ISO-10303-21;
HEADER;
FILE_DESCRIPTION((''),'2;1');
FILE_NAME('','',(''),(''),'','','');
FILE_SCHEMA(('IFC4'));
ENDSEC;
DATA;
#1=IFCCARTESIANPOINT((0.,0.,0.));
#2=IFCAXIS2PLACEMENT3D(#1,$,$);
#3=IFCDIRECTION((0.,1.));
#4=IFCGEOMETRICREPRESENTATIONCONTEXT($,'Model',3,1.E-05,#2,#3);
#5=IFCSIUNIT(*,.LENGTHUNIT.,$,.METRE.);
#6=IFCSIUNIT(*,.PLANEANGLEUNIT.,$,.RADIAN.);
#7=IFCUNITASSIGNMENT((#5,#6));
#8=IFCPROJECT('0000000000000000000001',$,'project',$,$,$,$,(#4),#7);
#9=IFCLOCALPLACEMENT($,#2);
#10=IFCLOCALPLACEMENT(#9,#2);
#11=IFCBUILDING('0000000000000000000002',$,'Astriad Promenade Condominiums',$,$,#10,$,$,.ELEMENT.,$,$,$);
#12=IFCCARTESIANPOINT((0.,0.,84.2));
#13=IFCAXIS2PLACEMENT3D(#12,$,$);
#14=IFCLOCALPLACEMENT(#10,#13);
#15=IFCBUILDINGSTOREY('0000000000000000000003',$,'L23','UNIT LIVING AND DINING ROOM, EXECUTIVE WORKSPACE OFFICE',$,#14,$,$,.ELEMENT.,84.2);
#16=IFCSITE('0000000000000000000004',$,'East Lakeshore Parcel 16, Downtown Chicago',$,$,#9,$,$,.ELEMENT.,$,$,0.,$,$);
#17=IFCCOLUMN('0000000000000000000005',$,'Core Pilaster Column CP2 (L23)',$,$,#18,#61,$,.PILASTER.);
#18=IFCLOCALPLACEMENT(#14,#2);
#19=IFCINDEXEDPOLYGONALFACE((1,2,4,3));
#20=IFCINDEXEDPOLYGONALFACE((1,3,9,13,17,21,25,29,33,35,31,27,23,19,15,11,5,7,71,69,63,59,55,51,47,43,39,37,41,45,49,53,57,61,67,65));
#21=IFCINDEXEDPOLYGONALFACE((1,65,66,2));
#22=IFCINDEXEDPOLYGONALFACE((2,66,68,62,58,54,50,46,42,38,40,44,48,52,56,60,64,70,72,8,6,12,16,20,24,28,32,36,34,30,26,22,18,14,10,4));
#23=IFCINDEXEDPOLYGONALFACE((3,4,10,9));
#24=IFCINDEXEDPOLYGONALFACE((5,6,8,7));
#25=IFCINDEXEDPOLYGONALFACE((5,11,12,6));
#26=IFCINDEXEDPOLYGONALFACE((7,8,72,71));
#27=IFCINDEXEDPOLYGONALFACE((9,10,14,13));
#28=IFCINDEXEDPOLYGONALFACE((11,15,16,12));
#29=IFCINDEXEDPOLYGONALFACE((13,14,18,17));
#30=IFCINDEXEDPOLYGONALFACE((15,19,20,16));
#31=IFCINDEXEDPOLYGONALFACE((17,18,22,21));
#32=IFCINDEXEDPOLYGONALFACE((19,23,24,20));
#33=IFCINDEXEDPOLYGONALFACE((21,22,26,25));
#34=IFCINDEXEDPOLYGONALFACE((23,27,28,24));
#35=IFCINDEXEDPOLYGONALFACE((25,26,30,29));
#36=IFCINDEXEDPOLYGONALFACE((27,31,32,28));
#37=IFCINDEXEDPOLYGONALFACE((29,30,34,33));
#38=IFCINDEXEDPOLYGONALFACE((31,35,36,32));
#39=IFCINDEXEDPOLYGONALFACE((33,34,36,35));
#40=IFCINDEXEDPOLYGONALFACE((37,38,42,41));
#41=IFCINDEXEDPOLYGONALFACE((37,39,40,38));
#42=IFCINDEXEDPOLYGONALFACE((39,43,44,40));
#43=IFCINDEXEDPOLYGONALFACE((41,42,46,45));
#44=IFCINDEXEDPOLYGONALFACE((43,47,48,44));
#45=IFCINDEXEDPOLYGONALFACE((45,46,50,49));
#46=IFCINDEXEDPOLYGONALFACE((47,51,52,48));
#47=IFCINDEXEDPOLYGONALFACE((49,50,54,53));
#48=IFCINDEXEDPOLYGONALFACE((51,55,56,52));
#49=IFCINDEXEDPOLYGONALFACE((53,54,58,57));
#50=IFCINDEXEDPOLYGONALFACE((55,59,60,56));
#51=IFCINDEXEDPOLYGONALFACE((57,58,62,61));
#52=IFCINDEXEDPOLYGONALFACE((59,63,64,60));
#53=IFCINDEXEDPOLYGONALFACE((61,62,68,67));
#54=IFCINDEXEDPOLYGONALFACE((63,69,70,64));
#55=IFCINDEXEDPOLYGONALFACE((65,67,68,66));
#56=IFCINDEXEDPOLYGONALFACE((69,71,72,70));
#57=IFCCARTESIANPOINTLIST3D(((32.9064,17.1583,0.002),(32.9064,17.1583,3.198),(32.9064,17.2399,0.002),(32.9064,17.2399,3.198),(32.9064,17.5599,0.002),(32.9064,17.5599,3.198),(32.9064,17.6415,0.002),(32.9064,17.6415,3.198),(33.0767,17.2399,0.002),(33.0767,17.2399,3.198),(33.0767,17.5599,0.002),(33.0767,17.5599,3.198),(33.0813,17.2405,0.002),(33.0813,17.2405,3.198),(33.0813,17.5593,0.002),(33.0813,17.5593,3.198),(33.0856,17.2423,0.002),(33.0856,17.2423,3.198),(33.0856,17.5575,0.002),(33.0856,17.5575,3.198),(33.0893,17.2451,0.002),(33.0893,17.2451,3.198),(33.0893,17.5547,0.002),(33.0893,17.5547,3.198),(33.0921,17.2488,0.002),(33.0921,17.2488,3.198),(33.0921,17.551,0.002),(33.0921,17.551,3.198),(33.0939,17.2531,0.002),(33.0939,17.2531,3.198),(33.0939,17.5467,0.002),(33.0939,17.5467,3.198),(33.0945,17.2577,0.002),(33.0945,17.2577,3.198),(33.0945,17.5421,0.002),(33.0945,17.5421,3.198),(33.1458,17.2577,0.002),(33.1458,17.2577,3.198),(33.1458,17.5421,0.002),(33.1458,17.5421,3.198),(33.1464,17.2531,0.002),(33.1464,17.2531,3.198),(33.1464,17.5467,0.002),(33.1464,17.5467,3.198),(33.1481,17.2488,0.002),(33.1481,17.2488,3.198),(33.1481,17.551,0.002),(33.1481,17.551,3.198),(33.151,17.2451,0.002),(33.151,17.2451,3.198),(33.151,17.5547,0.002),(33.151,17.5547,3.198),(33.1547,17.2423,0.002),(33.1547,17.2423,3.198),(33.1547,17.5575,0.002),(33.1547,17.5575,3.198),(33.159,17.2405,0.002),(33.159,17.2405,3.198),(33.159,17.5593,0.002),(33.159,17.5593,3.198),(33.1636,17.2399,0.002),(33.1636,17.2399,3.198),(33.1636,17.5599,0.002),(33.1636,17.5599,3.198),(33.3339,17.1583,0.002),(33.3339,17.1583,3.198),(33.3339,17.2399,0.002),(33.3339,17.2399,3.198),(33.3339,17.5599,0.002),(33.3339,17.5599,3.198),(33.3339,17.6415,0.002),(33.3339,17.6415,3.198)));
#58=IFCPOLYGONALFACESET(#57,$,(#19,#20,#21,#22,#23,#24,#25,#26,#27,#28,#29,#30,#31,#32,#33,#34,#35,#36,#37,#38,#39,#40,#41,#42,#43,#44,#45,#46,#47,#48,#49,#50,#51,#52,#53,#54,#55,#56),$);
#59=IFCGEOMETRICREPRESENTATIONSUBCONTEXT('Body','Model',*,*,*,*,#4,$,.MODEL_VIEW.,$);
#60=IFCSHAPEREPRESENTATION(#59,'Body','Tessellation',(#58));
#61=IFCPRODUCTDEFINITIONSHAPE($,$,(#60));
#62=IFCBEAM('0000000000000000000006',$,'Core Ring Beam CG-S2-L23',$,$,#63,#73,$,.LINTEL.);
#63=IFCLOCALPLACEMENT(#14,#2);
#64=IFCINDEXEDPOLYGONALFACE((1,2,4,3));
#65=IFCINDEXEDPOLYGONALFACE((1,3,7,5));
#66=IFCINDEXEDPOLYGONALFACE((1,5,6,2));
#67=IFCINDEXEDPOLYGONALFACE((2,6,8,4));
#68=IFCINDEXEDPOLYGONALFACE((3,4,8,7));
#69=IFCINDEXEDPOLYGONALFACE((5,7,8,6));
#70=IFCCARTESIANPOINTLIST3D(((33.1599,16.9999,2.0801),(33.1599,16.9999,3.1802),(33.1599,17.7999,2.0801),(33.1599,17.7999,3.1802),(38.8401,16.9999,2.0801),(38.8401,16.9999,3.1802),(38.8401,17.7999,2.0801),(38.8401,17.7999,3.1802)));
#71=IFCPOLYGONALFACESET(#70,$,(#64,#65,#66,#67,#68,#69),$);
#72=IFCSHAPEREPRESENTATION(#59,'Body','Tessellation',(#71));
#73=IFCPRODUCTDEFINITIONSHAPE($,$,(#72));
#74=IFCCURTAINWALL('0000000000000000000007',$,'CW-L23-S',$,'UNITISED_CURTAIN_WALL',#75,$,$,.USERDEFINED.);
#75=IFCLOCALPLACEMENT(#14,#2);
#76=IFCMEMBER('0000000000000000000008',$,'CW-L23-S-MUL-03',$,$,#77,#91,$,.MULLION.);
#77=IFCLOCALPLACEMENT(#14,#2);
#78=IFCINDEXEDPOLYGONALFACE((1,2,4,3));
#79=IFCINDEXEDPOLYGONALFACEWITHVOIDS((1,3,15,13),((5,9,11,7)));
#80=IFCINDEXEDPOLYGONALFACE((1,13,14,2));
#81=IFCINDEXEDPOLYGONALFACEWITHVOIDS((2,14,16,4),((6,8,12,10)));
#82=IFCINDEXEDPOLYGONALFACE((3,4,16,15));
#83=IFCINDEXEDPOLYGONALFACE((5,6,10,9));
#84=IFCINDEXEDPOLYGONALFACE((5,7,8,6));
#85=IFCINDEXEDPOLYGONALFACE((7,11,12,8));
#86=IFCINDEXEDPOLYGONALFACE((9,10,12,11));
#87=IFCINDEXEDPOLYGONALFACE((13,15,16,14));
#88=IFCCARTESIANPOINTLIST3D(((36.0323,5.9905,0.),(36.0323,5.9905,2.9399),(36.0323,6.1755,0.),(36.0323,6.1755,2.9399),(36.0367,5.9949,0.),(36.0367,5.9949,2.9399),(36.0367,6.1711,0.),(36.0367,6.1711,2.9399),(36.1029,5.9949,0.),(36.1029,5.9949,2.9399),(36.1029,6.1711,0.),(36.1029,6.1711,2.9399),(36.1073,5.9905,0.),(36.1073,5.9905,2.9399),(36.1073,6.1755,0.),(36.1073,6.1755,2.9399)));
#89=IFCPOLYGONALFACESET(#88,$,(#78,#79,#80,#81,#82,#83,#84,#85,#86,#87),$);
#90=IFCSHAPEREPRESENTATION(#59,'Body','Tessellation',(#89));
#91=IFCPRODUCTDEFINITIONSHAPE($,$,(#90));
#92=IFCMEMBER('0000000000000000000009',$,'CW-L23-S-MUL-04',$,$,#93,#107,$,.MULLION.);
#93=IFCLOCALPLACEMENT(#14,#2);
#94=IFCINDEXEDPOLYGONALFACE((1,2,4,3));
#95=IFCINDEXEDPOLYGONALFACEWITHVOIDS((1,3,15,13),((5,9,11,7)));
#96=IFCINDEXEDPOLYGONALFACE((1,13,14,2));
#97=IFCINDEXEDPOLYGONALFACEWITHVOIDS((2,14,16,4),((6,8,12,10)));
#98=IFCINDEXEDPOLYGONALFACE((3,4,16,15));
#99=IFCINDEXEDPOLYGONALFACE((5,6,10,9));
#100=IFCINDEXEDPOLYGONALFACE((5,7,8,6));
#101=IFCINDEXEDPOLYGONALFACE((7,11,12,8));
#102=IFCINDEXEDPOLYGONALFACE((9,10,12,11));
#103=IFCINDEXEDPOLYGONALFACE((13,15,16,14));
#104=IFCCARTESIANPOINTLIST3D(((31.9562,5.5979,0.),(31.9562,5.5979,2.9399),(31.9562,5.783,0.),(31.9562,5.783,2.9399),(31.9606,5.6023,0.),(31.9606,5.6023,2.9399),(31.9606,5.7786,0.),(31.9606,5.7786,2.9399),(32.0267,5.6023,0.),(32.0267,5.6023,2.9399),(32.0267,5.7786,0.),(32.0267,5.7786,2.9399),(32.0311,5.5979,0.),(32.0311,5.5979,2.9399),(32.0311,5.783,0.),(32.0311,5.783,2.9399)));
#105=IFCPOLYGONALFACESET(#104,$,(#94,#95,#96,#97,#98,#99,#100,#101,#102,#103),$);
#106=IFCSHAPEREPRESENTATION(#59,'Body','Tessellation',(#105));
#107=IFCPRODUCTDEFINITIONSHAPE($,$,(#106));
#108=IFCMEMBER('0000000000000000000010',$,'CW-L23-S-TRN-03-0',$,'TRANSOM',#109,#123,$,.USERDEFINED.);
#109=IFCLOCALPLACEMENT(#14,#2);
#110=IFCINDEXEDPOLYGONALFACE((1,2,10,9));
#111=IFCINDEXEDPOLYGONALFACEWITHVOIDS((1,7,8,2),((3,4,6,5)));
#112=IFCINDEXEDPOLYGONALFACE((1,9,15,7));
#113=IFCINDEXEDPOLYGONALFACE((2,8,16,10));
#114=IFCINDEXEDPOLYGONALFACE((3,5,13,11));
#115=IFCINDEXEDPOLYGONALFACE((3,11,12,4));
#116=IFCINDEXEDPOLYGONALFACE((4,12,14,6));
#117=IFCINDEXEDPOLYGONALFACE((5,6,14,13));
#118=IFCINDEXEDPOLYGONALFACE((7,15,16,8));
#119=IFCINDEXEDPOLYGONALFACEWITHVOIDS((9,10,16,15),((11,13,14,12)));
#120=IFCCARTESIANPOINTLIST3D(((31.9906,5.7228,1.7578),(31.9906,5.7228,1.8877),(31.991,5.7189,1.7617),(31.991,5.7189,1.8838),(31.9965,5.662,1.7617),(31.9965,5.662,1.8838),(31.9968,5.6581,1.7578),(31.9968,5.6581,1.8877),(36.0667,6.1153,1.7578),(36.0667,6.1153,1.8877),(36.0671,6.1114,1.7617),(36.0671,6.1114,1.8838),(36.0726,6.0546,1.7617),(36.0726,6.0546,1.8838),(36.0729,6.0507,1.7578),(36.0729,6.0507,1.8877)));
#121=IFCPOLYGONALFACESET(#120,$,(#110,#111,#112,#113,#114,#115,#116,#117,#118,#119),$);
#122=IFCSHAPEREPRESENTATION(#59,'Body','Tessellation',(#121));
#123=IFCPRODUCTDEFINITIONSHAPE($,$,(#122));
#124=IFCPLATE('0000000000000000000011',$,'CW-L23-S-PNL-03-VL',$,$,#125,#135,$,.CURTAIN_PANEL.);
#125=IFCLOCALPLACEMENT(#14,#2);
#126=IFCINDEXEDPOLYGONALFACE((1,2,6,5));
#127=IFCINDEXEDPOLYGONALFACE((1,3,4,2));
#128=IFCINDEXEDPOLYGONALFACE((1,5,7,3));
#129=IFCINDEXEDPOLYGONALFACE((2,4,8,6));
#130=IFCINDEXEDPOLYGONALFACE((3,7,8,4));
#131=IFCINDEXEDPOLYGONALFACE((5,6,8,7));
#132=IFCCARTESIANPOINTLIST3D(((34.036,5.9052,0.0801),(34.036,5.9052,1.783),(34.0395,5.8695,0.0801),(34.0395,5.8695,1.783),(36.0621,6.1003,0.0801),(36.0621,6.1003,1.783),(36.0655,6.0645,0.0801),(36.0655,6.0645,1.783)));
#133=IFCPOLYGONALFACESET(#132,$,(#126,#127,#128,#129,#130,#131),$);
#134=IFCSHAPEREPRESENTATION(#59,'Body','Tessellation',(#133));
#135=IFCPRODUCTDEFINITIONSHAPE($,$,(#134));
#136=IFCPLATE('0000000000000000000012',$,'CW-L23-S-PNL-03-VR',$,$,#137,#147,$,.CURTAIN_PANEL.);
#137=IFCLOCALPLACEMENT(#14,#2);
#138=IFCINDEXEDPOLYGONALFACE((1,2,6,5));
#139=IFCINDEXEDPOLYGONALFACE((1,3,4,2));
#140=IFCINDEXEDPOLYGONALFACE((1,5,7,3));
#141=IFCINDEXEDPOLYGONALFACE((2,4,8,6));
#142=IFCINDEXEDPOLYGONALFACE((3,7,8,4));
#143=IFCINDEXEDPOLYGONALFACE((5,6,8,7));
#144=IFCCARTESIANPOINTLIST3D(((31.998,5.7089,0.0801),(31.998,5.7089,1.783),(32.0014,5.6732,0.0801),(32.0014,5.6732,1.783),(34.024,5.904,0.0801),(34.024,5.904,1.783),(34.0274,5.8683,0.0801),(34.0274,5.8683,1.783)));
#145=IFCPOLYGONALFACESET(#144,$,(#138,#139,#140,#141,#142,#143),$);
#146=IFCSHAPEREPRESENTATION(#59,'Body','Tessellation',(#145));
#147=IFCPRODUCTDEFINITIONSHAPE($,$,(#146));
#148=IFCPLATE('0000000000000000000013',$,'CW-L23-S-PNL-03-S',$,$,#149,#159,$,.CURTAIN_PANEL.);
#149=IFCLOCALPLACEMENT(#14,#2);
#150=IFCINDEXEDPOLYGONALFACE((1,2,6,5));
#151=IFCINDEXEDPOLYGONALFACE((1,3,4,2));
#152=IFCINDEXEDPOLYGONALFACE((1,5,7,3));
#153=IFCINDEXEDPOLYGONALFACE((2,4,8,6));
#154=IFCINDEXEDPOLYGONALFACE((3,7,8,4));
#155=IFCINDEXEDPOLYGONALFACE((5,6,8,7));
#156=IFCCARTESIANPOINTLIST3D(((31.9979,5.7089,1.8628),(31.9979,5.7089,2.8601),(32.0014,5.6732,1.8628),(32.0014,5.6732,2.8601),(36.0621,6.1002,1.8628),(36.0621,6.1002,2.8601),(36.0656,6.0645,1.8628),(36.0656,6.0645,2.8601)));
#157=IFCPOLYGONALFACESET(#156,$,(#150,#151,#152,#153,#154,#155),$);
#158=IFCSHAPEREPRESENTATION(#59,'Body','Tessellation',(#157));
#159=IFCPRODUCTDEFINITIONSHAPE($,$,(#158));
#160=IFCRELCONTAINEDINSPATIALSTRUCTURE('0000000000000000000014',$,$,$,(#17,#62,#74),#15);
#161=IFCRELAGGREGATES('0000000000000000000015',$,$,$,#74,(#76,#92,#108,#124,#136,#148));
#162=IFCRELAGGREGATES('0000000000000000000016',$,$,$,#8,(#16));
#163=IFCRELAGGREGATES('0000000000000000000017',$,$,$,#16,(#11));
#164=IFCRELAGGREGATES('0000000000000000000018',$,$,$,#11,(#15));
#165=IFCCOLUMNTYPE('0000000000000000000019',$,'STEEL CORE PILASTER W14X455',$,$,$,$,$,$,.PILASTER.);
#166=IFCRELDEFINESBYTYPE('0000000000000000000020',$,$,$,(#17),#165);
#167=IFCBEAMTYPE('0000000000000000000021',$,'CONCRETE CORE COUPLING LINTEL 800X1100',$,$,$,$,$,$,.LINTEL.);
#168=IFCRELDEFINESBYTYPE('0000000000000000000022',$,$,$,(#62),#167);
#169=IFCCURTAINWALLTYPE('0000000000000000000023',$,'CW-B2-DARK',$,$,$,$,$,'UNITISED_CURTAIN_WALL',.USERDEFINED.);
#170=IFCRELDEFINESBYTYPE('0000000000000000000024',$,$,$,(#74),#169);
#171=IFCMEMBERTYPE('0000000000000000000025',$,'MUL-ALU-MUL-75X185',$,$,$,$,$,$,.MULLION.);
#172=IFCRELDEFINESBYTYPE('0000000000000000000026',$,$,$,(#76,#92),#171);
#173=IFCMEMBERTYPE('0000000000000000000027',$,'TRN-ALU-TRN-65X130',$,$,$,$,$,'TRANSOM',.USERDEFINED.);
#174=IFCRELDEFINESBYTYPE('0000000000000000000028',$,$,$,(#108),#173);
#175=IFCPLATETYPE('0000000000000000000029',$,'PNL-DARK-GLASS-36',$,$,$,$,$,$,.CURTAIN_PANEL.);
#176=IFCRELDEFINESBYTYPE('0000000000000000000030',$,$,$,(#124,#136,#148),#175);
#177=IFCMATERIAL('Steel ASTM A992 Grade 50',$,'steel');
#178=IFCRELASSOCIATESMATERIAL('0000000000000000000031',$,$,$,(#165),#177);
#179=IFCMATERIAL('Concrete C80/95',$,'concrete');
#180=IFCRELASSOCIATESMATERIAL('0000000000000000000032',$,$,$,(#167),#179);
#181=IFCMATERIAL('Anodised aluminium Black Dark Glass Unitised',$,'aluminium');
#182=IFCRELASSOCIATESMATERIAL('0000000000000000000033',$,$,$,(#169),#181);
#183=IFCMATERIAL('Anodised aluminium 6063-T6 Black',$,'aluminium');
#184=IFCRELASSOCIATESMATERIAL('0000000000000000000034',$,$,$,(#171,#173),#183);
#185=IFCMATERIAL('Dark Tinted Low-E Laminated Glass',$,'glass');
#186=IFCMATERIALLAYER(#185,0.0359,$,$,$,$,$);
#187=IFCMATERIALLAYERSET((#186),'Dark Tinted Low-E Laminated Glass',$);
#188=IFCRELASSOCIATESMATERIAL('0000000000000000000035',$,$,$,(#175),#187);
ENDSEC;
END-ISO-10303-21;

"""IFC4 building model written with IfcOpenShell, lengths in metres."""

from ifc_helpers import new_model, si_unit, direction, frame, origin, origin_2d, place, context, subcontext, project, spatial, rectangle, hollow_rectangle, i_section, extrude, source, transform, mapped, material, layer, layer_set, material_profile, profile_set, type_object, type_shapes, element, aggregate, save


model = new_model("IFC4")

# Units and contexts
model_context = context("Model", 3, precision=1e-05, world=origin(), true_north=direction((0.0, 1.0)))
body_context = subcontext(model_context, "Body", "Model", "MODEL_VIEW")
ifc_project = project(units=[si_unit("LENGTHUNIT", "METRE"), si_unit("PLANEANGLEUNIT", "RADIAN")], contexts=[model_context])

# Site, building, storey
site_placement = place(None, origin())
site = spatial("IfcSite", under=ifc_project, at=site_placement, Name="East Lakeshore Parcel 16, Downtown Chicago", CompositionType="ELEMENT", RefElevation=0.0)
building_placement = place(site_placement, origin())
building = spatial("IfcBuilding", under=site, at=building_placement, Name="Astriad Promenade Condominiums", CompositionType="ELEMENT")
storey_placement = place(building_placement, frame((0.0, 0.0, 84.2)))
storey = spatial("IfcBuildingStorey", under=building, at=storey_placement, Name="L23", Description="UNIT LIVING AND DINING ROOM, EXECUTIVE WORKSPACE OFFICE", CompositionType="ELEMENT", Elevation=84.2)

# Column
ifc_material_1 = material(Name="Steel ASTM A992 Grade 50", Category="steel")
ifc_material_profile_1 = material_profile(ifc_material_1, i_section(OverallWidth=0.4275, OverallDepth=0.4832, WebThickness=0.0513, FlangeThickness=0.0815, FilletRadius=0.0178, at=origin_2d()), Name="W14X455")
ifc_profile_set_1 = profile_set([ifc_material_profile_1], Name="Steel ASTM A992 Grade 50")
column_type = type_object("IfcColumnType", Name="STEEL CORE PILASTER W14X455", PredefinedType="PILASTER", material=ifc_profile_set_1)
shared_shape_1 = source(origin(), body_context, "Body", "SweptSolid", [
    extrude(i_section(OverallWidth=0.4275, OverallDepth=0.4832, WebThickness=0.0513, FlangeThickness=0.0815, FilletRadius=0.0178, at=origin_2d()), origin(), (0.0, 0.0, 1.0), 3.196),
])
type_shapes(column_type, [shared_shape_1])
column_placement = place(storey_placement, frame((33.1201, 17.3999, 0.002), z_axis=(0.0, 0.0, 1.0), x_axis=(1.0, 0.0, 0.0)))
element("IfcColumn", 1, at=column_placement, inside=storey, type_object=column_type, Name="Core Pilaster Column CP2 (L23)", PredefinedType="PILASTER", context=body_context, shape_type="MappedRepresentation", body=[
    mapped(shared_shape_1, transform((0.0, 0.0, 0.0), scale=1.0)),
])

# Beam
ifc_material_2 = material(Name="Concrete C80/95", Category="concrete")
ifc_material_profile_2 = material_profile(ifc_material_2, rectangle(XDim=0.8, YDim=1.1001, at=origin_2d()), Name="RC-BM-800X1100")
ifc_profile_set_2 = profile_set([ifc_material_profile_2], Name="Concrete C80/95")
beam_type = type_object("IfcBeamType", Name="CONCRETE CORE COUPLING LINTEL 800X1100", PredefinedType="LINTEL", material=ifc_profile_set_2)
shared_shape_2 = source(origin(), body_context, "Body", "SweptSolid", [
    extrude(rectangle(XDim=0.8, YDim=1.1001, at=origin_2d()), origin(), (0.0, 0.0, 1.0), 5.6802),
])
type_shapes(beam_type, [shared_shape_2])
beam_placement = place(storey_placement, frame((33.1599, 17.3999, 2.6301), z_axis=(1.0, 0.0, 0.0), x_axis=(0.0, 1.0, 0.0)))
element("IfcBeam", 2, at=beam_placement, inside=storey, type_object=beam_type, Name="Core Ring Beam CG-S2-L23", PredefinedType="LINTEL", context=body_context, shape_type="MappedRepresentation", body=[
    mapped(shared_shape_2, transform((0.0, 0.0, 0.0), scale=1.0)),
])

# Curtain wall, members, plates
ifc_material_3 = material(Name="Anodised aluminium Black Dark Glass Unitised", Category="aluminium")
curtain_wall_type = type_object("IfcCurtainWallType", Name="CW-B2-DARK", ElementType="UNITISED_CURTAIN_WALL", PredefinedType="USERDEFINED", material=ifc_material_3)
curtain_wall_placement = place(storey_placement, origin())
curtain_wall = element("IfcCurtainWall", 3, at=curtain_wall_placement, inside=storey, type_object=curtain_wall_type, Name="CW-L23-S", ObjectType="UNITISED_CURTAIN_WALL", PredefinedType="USERDEFINED")
ifc_material_4 = material(Name="Anodised aluminium 6063-T6 Black", Category="aluminium")
ifc_material_profile_3 = material_profile(ifc_material_4, hollow_rectangle(XDim=0.075, YDim=0.1851, WallThickness=0.0044, at=origin_2d()), Name="ALU-MUL-75X185")
ifc_profile_set_3 = profile_set([ifc_material_profile_3], Name="Anodised aluminium 6063-T6 Black")
member_type_1 = type_object("IfcMemberType", Name="MUL-ALU-MUL-75X185", PredefinedType="MULLION", material=ifc_profile_set_3)
shared_shape_3 = source(origin(), body_context, "Body", "SweptSolid", [
    extrude(hollow_rectangle(XDim=0.075, YDim=0.1851, WallThickness=0.0044, at=origin_2d()), origin(), (0.0, 0.0, 1.0), 2.9399),
])
type_shapes(member_type_1, [shared_shape_3])
member_1_placement = place(storey_placement, frame((36.0698, 6.083, 0.0), z_axis=(0.0, 0.0, 1.0), x_axis=(1.0, 0.0, 0.0)))
member_1 = element("IfcMember", 4, at=member_1_placement, type_object=member_type_1, Name="CW-L23-S-MUL-03", PredefinedType="MULLION", context=body_context, shape_type="MappedRepresentation", body=[
    mapped(shared_shape_3, transform((0.0, 0.0, 0.0), scale=1.0)),
])
member_2_placement = place(storey_placement, frame((31.9937, 5.6904, 0.0), z_axis=(0.0, 0.0, 1.0), x_axis=(1.0, 0.0, 0.0)))
member_2 = element("IfcMember", 5, at=member_2_placement, type_object=member_type_1, Name="CW-L23-S-MUL-04", PredefinedType="MULLION", context=body_context, shape_type="MappedRepresentation", body=[
    mapped(shared_shape_3, transform((0.0, 0.0, 0.0), scale=1.0)),
])
ifc_material_profile_4 = material_profile(ifc_material_4, hollow_rectangle(XDim=0.0649, YDim=0.1299, WallThickness=0.0039, at=origin_2d()), Name="ALU-TRN-65X130")
ifc_profile_set_4 = profile_set([ifc_material_profile_4], Name="Anodised aluminium 6063-T6 Black")
member_type_2 = type_object("IfcMemberType", Name="TRN-ALU-TRN-65X130", ElementType="TRANSOM", PredefinedType="USERDEFINED", material=ifc_profile_set_4)
shared_shape_4 = source(origin(), body_context, "Body", "SweptSolid", [
    extrude(hollow_rectangle(XDim=0.0649, YDim=0.1299, WallThickness=0.0039, at=origin_2d()), origin(), (0.0, 0.0, 1.0), 4.095),
])
type_shapes(member_type_2, [shared_shape_4])
member_3_placement = place(storey_placement, frame((36.0698, 6.083, 1.8228), z_axis=(-0.995394, -0.095867, 0.0), x_axis=(0.095867, -0.995394, 0.0)))
member_3 = element("IfcMember", 6, at=member_3_placement, type_object=member_type_2, Name="CW-L23-S-TRN-03-0", ObjectType="TRANSOM", PredefinedType="USERDEFINED", context=body_context, shape_type="MappedRepresentation", body=[
    mapped(shared_shape_4, transform((0.0, 0.0, 0.0), scale=1.0)),
])
ifc_material_5 = material(Name="Dark Tinted Low-E Laminated Glass", Category="glass")
ifc_layer_1 = layer(ifc_material_5, 0.0359)
ifc_layer_set_1 = layer_set([ifc_layer_1], Name="Dark Tinted Low-E Laminated Glass")
plate_type = type_object("IfcPlateType", Name="PNL-DARK-GLASS-36", PredefinedType="CURTAIN_PANEL", material=ifc_layer_set_1)
shared_shape_5 = source(origin(), body_context, "Body", "SweptSolid", [
    extrude(rectangle(XDim=2.0354, YDim=0.0359, at=origin_2d()), origin(), (0.0, 0.0, 1.0), 1.7029),
])
plate_1_placement = place(storey_placement, frame((35.0508, 5.9849, 0.0801), z_axis=(0.0, 0.0, 1.0), x_axis=(-0.995396, -0.095846, 0.0)))
plate_1 = element("IfcPlate", 7, at=plate_1_placement, type_object=plate_type, Name="CW-L23-S-PNL-03-VL", PredefinedType="CURTAIN_PANEL", context=body_context, shape_type="MappedRepresentation", body=[
    mapped(shared_shape_5, transform((0.0, 0.0, 0.0), scale=1.0)),
])
plate_2_placement = place(storey_placement, frame((33.0127, 5.7886, 0.0801), z_axis=(0.0, 0.0, 1.0), x_axis=(-0.995396, -0.095846, 0.0)))
plate_2 = element("IfcPlate", 8, at=plate_2_placement, type_object=plate_type, Name="CW-L23-S-PNL-03-VR", PredefinedType="CURTAIN_PANEL", context=body_context, shape_type="MappedRepresentation", body=[
    mapped(shared_shape_5, transform((0.0, 0.0, 0.0), scale=1.0)),
])
shared_shape_6 = source(origin(), body_context, "Body", "SweptSolid", [
    extrude(rectangle(XDim=4.083, YDim=0.0359, at=origin_2d()), origin(), (0.0, 0.0, 1.0), 0.9973),
])
type_shapes(plate_type, [shared_shape_5, shared_shape_6])
plate_3_placement = place(storey_placement, frame((34.0317, 5.8867, 1.8628), z_axis=(0.0, 0.0, 1.0), x_axis=(-0.995396, -0.095846, 0.0)))
plate_3 = element("IfcPlate", 9, at=plate_3_placement, type_object=plate_type, Name="CW-L23-S-PNL-03-S", PredefinedType="CURTAIN_PANEL", context=body_context, shape_type="MappedRepresentation", body=[
    mapped(shared_shape_6, transform((0.0, 0.0, 0.0), scale=1.0)),
])
aggregate(curtain_wall, [member_1, member_2, member_3, plate_1, plate_2, plate_3])

save(model, "model.ifc")
